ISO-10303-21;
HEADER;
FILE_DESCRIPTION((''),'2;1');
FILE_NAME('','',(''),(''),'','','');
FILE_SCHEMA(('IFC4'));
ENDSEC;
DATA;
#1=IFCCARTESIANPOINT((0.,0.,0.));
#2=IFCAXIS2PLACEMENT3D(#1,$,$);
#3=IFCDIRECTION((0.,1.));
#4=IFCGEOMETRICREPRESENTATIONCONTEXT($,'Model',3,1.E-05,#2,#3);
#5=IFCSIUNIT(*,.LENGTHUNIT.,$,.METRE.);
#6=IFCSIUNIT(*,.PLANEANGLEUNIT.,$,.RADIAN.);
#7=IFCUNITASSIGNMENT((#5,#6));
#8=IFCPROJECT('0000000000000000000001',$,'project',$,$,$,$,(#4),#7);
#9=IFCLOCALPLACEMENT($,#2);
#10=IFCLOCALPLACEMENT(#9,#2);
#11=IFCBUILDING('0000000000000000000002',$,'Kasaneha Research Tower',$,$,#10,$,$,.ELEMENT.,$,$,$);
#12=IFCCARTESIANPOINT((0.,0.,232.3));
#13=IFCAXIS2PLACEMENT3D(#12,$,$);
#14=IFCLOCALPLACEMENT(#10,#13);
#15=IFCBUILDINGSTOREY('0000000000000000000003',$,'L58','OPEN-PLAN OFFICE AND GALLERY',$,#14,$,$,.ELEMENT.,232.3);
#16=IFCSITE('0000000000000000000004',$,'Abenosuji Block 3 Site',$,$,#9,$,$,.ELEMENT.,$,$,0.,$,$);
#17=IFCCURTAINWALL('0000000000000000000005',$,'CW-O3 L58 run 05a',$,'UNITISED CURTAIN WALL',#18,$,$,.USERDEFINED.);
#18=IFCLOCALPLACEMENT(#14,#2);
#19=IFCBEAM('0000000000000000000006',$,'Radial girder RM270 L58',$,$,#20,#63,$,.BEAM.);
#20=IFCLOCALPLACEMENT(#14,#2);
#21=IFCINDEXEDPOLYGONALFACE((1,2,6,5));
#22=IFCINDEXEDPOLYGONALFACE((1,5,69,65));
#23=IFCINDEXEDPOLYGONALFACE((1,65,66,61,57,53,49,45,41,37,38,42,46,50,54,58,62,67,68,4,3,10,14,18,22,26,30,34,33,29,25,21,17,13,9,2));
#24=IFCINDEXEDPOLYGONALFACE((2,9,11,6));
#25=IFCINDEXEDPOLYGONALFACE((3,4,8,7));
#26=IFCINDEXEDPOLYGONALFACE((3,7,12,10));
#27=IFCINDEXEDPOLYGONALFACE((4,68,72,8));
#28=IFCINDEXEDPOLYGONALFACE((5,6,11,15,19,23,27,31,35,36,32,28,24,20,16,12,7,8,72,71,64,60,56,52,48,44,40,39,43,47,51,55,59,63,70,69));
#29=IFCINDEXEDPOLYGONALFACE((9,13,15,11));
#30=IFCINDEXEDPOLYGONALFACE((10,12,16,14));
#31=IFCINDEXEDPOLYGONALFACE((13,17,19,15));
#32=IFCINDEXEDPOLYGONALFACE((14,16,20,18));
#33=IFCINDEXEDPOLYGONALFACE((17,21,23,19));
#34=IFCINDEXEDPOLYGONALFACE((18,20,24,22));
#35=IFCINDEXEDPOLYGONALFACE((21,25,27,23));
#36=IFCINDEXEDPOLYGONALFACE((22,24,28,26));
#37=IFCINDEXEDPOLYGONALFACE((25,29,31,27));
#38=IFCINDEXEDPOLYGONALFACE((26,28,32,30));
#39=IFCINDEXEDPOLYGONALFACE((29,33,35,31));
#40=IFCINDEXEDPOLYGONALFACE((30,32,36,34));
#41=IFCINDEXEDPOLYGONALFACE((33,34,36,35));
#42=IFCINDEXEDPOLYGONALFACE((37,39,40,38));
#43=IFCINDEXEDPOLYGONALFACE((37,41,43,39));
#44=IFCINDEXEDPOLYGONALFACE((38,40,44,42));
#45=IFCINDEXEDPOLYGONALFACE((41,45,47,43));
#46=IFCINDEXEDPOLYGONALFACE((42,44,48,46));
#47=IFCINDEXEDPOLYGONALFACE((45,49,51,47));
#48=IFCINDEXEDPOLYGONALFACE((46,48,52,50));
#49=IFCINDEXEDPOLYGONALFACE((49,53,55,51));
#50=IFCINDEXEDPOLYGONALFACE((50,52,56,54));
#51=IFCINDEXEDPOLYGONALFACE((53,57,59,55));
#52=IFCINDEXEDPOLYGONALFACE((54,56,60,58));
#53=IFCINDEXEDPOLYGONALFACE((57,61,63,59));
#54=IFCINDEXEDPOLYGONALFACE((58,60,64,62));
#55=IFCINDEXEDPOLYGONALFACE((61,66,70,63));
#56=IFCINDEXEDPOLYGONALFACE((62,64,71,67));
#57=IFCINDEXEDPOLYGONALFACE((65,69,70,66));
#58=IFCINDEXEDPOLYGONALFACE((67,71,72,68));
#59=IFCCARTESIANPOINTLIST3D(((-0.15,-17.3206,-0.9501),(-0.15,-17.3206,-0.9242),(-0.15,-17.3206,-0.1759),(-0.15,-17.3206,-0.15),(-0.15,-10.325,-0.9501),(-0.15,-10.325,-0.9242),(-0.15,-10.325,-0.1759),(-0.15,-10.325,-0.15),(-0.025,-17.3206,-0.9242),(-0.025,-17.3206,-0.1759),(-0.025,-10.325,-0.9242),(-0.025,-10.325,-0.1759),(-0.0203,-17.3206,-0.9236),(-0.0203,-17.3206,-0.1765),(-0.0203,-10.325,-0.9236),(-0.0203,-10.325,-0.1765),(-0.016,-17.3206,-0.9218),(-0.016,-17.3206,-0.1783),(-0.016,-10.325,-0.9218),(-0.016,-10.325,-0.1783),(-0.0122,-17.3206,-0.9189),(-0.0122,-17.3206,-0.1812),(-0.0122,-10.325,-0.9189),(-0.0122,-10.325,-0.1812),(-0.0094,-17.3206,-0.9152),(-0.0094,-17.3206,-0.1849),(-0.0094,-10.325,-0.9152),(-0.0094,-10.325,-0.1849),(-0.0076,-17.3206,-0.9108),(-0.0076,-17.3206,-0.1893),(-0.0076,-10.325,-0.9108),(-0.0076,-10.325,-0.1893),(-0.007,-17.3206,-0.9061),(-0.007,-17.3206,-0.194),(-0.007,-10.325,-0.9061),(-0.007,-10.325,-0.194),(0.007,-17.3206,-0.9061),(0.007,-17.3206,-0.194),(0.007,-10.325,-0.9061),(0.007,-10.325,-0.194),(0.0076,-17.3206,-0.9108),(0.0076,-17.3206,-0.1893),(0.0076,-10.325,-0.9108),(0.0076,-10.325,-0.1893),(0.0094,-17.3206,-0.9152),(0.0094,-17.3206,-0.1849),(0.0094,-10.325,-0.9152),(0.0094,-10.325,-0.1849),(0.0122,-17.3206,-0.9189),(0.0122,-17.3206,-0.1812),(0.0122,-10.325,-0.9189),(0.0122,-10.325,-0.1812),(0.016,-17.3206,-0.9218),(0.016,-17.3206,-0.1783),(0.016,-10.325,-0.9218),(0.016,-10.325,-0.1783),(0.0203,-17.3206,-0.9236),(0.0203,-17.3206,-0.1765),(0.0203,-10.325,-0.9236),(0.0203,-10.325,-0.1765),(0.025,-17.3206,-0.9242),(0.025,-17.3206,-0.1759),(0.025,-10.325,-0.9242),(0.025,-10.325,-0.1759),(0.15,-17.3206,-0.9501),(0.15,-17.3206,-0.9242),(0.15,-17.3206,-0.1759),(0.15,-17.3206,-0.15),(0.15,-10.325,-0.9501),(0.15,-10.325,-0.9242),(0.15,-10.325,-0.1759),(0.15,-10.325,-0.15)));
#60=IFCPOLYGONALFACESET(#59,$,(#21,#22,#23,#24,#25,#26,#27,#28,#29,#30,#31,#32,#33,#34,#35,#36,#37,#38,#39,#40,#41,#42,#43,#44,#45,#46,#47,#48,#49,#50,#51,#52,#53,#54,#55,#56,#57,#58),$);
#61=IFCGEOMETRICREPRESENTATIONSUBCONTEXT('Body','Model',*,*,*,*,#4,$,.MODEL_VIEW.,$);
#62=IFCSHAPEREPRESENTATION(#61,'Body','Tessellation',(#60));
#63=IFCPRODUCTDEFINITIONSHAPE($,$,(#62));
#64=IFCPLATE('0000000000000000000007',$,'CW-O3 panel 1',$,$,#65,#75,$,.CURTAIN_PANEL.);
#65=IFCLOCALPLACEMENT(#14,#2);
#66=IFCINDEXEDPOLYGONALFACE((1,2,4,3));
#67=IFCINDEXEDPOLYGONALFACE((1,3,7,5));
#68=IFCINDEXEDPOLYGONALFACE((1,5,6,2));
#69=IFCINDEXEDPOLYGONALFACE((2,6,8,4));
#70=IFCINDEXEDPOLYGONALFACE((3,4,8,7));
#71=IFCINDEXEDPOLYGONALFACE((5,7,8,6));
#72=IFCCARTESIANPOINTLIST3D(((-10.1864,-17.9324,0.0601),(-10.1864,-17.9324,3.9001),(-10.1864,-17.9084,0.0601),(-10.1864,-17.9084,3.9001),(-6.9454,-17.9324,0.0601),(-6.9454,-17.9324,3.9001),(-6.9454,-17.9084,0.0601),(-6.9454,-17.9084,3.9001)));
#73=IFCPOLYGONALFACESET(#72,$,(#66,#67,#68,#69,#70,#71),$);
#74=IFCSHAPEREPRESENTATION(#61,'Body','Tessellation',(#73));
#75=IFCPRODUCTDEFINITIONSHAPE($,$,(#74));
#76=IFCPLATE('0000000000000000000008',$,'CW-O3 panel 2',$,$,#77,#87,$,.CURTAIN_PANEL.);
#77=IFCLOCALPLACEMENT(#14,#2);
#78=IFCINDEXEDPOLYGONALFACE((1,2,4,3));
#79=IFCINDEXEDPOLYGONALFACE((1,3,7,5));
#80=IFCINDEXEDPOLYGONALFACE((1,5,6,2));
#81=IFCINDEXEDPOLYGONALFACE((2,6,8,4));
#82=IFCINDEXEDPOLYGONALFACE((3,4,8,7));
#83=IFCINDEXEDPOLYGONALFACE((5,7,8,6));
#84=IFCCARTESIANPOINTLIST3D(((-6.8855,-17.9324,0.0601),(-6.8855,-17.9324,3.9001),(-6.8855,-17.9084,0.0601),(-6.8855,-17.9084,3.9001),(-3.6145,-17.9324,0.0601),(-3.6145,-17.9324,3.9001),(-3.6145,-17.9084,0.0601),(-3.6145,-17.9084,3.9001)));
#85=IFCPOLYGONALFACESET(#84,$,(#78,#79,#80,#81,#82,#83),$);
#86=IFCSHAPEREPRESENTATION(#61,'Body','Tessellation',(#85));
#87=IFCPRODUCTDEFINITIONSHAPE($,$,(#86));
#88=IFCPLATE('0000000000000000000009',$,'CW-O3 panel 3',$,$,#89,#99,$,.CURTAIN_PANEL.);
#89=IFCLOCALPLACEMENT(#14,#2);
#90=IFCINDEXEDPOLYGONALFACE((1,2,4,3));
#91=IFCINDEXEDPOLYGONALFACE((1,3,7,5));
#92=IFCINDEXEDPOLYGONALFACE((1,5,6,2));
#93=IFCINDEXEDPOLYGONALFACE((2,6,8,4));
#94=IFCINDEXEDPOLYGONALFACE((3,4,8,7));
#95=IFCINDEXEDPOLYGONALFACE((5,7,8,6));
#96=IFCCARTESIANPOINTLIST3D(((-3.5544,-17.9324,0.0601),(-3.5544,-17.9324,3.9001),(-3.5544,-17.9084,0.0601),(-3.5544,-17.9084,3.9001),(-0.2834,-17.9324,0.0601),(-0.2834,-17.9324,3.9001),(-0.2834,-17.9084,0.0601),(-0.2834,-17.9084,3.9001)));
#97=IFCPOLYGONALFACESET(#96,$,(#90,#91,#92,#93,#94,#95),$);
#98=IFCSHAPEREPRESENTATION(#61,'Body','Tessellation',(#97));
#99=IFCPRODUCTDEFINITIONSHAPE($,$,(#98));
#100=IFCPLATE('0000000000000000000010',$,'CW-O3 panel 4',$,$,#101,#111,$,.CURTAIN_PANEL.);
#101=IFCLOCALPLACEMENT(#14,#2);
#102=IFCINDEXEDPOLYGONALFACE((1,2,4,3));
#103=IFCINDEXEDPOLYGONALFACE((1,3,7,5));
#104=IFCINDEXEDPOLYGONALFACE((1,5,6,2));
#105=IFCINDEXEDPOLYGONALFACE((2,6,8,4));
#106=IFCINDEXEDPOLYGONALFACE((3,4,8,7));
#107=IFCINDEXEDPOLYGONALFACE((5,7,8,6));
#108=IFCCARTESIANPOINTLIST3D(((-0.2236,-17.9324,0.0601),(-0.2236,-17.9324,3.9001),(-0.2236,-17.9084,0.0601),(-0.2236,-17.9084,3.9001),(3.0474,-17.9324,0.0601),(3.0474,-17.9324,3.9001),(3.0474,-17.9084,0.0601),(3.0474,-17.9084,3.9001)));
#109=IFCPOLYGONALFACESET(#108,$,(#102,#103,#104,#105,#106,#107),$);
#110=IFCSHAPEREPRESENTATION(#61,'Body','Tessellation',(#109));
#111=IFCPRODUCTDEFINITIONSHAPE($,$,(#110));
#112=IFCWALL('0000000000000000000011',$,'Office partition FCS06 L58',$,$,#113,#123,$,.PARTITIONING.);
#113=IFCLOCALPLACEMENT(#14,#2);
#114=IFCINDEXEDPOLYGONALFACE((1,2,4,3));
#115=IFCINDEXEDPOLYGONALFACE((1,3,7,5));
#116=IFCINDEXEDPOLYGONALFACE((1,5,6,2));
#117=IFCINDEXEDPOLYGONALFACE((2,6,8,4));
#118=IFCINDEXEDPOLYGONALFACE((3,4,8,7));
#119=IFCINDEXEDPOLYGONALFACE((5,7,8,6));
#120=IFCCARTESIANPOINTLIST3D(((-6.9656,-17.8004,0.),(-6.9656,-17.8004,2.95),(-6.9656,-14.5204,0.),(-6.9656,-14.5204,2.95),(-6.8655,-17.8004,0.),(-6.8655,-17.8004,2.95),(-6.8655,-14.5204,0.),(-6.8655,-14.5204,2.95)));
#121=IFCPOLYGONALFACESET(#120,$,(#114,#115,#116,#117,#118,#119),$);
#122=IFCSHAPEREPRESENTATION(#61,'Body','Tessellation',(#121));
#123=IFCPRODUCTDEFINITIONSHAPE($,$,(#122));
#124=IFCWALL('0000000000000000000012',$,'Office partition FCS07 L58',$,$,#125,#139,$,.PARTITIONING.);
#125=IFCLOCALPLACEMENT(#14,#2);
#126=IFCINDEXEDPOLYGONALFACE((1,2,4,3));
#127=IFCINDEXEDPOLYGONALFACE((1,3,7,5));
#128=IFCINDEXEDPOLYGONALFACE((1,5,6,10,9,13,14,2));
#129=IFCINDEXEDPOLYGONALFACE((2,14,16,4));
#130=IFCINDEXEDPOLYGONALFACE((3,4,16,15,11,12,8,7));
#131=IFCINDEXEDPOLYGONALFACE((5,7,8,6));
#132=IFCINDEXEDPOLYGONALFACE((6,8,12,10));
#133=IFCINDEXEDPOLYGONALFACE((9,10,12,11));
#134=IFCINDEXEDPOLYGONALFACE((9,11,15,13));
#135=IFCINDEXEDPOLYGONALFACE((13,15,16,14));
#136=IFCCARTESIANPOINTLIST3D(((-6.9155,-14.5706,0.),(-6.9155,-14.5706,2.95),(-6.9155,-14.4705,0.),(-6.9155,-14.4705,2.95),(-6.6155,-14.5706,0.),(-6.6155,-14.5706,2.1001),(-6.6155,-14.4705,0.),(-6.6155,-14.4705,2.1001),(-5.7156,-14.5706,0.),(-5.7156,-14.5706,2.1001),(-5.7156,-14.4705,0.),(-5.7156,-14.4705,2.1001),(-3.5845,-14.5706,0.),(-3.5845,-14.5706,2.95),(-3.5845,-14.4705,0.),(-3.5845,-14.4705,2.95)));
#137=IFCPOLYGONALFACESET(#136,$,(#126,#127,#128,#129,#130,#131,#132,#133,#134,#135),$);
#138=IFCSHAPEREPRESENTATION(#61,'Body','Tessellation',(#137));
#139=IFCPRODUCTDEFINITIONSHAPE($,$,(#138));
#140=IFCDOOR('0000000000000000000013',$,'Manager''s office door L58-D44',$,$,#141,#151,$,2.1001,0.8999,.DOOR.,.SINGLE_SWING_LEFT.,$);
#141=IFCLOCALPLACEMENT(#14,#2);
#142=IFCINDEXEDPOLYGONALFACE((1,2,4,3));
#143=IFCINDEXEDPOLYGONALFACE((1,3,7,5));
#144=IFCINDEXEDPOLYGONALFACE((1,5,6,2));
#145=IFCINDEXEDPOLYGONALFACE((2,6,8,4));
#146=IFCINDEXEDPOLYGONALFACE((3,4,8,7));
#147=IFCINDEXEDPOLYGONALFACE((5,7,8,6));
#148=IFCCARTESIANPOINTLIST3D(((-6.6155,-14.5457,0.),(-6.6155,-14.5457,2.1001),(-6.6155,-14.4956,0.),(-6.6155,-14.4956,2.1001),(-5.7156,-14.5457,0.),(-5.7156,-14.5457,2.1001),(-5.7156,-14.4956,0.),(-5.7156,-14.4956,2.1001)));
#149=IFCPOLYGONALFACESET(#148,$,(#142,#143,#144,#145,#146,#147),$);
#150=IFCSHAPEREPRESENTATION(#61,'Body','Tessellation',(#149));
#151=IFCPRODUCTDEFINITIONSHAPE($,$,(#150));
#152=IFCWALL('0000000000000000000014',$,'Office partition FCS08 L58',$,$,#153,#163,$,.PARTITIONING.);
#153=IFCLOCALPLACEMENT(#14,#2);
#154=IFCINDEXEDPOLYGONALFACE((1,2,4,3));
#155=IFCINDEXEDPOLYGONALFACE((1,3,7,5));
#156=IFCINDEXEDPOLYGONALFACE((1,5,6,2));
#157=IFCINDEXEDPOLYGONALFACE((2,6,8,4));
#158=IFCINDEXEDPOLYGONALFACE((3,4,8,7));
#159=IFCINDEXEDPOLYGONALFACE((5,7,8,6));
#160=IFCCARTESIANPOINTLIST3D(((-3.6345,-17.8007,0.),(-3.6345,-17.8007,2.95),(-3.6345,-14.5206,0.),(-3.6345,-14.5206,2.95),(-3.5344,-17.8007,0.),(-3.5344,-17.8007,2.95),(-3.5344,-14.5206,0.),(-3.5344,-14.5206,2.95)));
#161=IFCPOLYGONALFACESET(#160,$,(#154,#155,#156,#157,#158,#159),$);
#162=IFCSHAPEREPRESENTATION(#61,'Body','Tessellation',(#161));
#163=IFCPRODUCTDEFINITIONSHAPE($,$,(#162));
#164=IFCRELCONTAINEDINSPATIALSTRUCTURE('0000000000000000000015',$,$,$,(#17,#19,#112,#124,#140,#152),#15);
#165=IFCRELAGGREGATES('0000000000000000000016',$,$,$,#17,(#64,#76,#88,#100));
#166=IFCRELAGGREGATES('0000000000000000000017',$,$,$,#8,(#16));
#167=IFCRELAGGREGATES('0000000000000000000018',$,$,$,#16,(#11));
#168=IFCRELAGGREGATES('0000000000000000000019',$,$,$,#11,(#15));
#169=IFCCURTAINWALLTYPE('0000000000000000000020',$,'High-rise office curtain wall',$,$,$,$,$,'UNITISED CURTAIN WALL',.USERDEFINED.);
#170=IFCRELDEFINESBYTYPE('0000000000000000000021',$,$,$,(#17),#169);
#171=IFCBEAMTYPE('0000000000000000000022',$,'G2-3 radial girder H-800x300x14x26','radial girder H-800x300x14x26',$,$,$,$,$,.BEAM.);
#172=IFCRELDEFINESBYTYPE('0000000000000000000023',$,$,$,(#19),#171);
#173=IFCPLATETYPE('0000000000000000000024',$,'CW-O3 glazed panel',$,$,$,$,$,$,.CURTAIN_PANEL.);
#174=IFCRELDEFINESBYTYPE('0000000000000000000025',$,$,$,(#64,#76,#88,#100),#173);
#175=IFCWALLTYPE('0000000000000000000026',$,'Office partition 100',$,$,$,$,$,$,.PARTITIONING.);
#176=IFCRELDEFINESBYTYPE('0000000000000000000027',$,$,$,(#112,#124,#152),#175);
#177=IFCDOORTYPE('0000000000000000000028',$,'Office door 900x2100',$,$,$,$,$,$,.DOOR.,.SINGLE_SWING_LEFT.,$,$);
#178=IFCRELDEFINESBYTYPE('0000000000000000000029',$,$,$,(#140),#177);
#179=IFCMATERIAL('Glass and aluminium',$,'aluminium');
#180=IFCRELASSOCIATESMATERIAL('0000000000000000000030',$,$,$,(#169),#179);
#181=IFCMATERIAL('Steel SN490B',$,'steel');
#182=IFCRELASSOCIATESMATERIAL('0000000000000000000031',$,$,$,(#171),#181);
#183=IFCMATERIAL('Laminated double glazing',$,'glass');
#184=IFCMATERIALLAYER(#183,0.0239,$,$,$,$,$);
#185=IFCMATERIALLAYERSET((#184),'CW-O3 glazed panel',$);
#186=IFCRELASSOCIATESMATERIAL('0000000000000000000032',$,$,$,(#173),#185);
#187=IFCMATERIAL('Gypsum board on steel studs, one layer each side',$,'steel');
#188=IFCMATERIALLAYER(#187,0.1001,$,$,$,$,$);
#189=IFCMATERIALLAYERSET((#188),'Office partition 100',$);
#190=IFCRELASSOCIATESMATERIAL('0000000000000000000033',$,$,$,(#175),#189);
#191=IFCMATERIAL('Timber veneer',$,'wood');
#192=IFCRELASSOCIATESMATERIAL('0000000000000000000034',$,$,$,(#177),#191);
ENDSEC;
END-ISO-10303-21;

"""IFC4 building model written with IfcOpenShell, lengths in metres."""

from ifc_helpers import new_model, si_unit, direction, frame, frame_2d, origin, origin_2d, place, context, subcontext, project, spatial, rectangle, i_section, extrude, material, layer, layer_set, material_profile, profile_set, type_object, element, fill, aggregate, save


model = new_model("IFC4")

# Units and contexts
model_context = context("Model", 3, precision=1e-05, world=origin(), true_north=direction((0.0, 1.0)))
body_context = subcontext(model_context, "Body", "Model", "MODEL_VIEW")
ifc_project = project(units=[si_unit("LENGTHUNIT", "METRE"), si_unit("PLANEANGLEUNIT", "RADIAN")], contexts=[model_context])

# Site, building, storey
site_placement = place(None, origin())
site = spatial("IfcSite", under=ifc_project, at=site_placement, Name="Abenosuji Block 3 Site", CompositionType="ELEMENT", RefElevation=0.0)
building_placement = place(site_placement, origin())
building = spatial("IfcBuilding", under=site, at=building_placement, Name="Kasaneha Research Tower", CompositionType="ELEMENT")
storey_placement = place(building_placement, frame((0.0, 0.0, 232.3)))
storey = spatial("IfcBuildingStorey", under=building, at=storey_placement, Name="L58", Description="OPEN-PLAN OFFICE AND GALLERY", CompositionType="ELEMENT", Elevation=232.3)

# Curtain wall
ifc_material_1 = material(Name="Glass and aluminium", Category="aluminium")
curtain_wall_type = type_object("IfcCurtainWallType", Name="High-rise office curtain wall", ElementType="UNITISED CURTAIN WALL", PredefinedType="USERDEFINED", material=ifc_material_1)
curtain_wall_placement = place(storey_placement, origin())
curtain_wall = element("IfcCurtainWall", 1, at=curtain_wall_placement, inside=storey, type_object=curtain_wall_type, Name="CW-O3 L58 run 05a", ObjectType="UNITISED CURTAIN WALL", PredefinedType="USERDEFINED")

# Beam
ifc_material_2 = material(Name="Steel SN490B", Category="steel")
ifc_material_profile_1 = material_profile(ifc_material_2, i_section(OverallWidth=0.3, OverallDepth=0.8, WebThickness=0.0139, FlangeThickness=0.0259, FilletRadius=0.0181, at=origin_2d()), Name="H-800x300x14x26")
ifc_profile_set_1 = profile_set([ifc_material_profile_1], Name="Steel SN490B")
beam_type_1 = type_object("IfcBeamType", Name="G2-3 radial girder H-800x300x14x26", Description="radial girder H-800x300x14x26", PredefinedType="BEAM", material=ifc_profile_set_1)
beam_1_placement = place(storey_placement, frame((0.0, -10.325, -0.55), z_axis=(0.0, -1.0, 0.0), x_axis=(1.0, 0.0, 0.0)))
element("IfcBeam", 2, at=beam_1_placement, inside=storey, type_object=beam_type_1, Name="Radial girder RM270 L58", PredefinedType="BEAM", context=body_context, shape_type="SweptSolid", body=[
    extrude(i_section(OverallWidth=0.3, OverallDepth=0.8, WebThickness=0.0139, FlangeThickness=0.0259, FilletRadius=0.0181, at=origin_2d()), origin(), (0.0, 0.0, 1.0), 6.9956),
])

# Plates
ifc_material_3 = material(Name="Laminated double glazing", Category="glass")
ifc_layer_1 = layer(ifc_material_3, 0.0239)
ifc_layer_set_1 = layer_set([ifc_layer_1], Name="CW-O3 glazed panel")
plate_type = type_object("IfcPlateType", Name="CW-O3 glazed panel", PredefinedType="CURTAIN_PANEL", material=ifc_layer_set_1)
plate_1_placement = place(storey_placement, frame((-8.5659, -17.9204, 0.0601), z_axis=(0.0, 0.0, 1.0), x_axis=(1.0, 0.0, 0.0)))
plate_1 = element("IfcPlate", 3, at=plate_1_placement, type_object=plate_type, Name="CW-O3 panel 1", PredefinedType="CURTAIN_PANEL", context=body_context, shape_type="SweptSolid", body=[
    extrude(rectangle(XDim=3.241, YDim=0.0239, at=origin_2d()), origin(), (0.0, 0.0, 1.0), 3.8401),
])
plate_2_placement = place(storey_placement, frame((-5.25, -17.9204, 0.0601), z_axis=(0.0, 0.0, 1.0), x_axis=(1.0, 0.0, 0.0)))
plate_2 = element("IfcPlate", 4, at=plate_2_placement, type_object=plate_type, Name="CW-O3 panel 2", PredefinedType="CURTAIN_PANEL", context=body_context, shape_type="SweptSolid", body=[
    extrude(rectangle(XDim=3.271, YDim=0.0239, at=origin_2d()), origin(), (0.0, 0.0, 1.0), 3.8401),
])
plate_3_placement = place(storey_placement, frame((-1.9189, -17.9204, 0.0601), z_axis=(0.0, 0.0, 1.0), x_axis=(1.0, 0.0, 0.0)))
plate_3 = element("IfcPlate", 5, at=plate_3_placement, type_object=plate_type, Name="CW-O3 panel 3", PredefinedType="CURTAIN_PANEL", context=body_context, shape_type="SweptSolid", body=[
    extrude(rectangle(XDim=3.271, YDim=0.0239, at=origin_2d()), origin(), (0.0, 0.0, 1.0), 3.8401),
])
plate_4_placement = place(storey_placement, frame((1.4119, -17.9204, 0.0601), z_axis=(0.0, 0.0, 1.0), x_axis=(1.0, 0.0, 0.0)))
plate_4 = element("IfcPlate", 6, at=plate_4_placement, type_object=plate_type, Name="CW-O3 panel 4", PredefinedType="CURTAIN_PANEL", context=body_context, shape_type="SweptSolid", body=[
    extrude(rectangle(XDim=3.271, YDim=0.0239, at=origin_2d()), origin(), (0.0, 0.0, 1.0), 3.8401),
])
aggregate(curtain_wall, [plate_1, plate_2, plate_3, plate_4])

# Wall
ifc_material_4 = material(Name="Gypsum board on steel studs, one layer each side", Category="steel")
ifc_layer_2 = layer(ifc_material_4, 0.1001)
ifc_layer_set_2 = layer_set([ifc_layer_2], Name="Office partition 100")
wall_type_1 = type_object("IfcWallType", Name="Office partition 100", PredefinedType="PARTITIONING", material=ifc_layer_set_2)
wall_1_placement = place(storey_placement, frame((-6.9155, -17.8005, 0.0), z_axis=(0.0, 0.0, 1.0), x_axis=(0.0, 1.0, 0.0)))
element("IfcWall", 7, at=wall_1_placement, inside=storey, type_object=wall_type_1, Name="Office partition FCS06 L58", PredefinedType="PARTITIONING", context=body_context, shape_type="SweptSolid", body=[
    extrude(rectangle(XDim=3.28, YDim=0.1001, at=frame_2d((1.6401, 0.0))), origin(), (0.0, 0.0, 1.0), 2.95),
])

# Wall, opening, door
wall_2_placement = place(storey_placement, frame((-6.9155, -14.5205, 0.0), z_axis=(0.0, 0.0, 1.0), x_axis=(1.0, 0.0, 0.0)))
wall_2 = element("IfcWall", 8, at=wall_2_placement, inside=storey, type_object=wall_type_1, Name="Office partition FCS07 L58", PredefinedType="PARTITIONING", context=body_context, shape_type="SweptSolid", body=[
    extrude(rectangle(XDim=3.3311, YDim=0.1001, at=frame_2d((1.6655, 0.0))), origin(), (0.0, 0.0, 1.0), 2.95),
])
opening_1_placement = place(wall_2_placement, frame((0.3, 0.0, 0.0)))
opening_1 = element("IfcOpeningElement", 9, at=opening_1_placement, cuts=wall_2, PredefinedType="OPENING", context=body_context, shape_type="SweptSolid", body=[
    extrude(rectangle(XDim=0.8999, YDim=2.1001, at=frame_2d((0.45, 1.05))), frame((0.0, 0.0601, 0.0), z_axis=(0.0, -1.0, 0.0), x_axis=(1.0, 0.0, 0.0)), (0.0, 0.0, 1.0), 0.1201),
])
ifc_material_5 = material(Name="Timber veneer", Category="wood")
door_type_1 = type_object("IfcDoorType", Name="Office door 900x2100", OperationType="SINGLE_SWING_LEFT", PredefinedType="DOOR", material=ifc_material_5)
door_1_placement = place(opening_1_placement, origin())
door_1 = element("IfcDoor", 10, at=door_1_placement, inside=storey, type_object=door_type_1, Name="Manager's office door L58-D44", OperationType="SINGLE_SWING_LEFT", OverallHeight=2.1001, OverallWidth=0.8999, PredefinedType="DOOR", context=body_context, shape_type="SweptSolid", body=[
    extrude(rectangle(XDim=0.8999, YDim=2.1001, at=frame_2d((0.45, 1.05))), frame((0.0, 0.0249, 0.0), z_axis=(0.0, -1.0, 0.0), x_axis=(1.0, 0.0, 0.0)), (0.0, 0.0, 1.0), 0.05),
])
fill(opening_1, door_1)

# Wall
wall_3_placement = place(storey_placement, frame((-3.5845, -14.5205, 0.0), z_axis=(0.0, 0.0, 1.0), x_axis=(0.0, -1.0, 0.0)))
element("IfcWall", 11, at=wall_3_placement, inside=storey, type_object=wall_type_1, Name="Office partition FCS08 L58", PredefinedType="PARTITIONING", context=body_context, shape_type="SweptSolid", body=[
    extrude(rectangle(XDim=3.28, YDim=0.1001, at=frame_2d((1.6401, 0.0))), origin(), (0.0, 0.0, 1.0), 2.95),
])

save(model, "model.ifc")
